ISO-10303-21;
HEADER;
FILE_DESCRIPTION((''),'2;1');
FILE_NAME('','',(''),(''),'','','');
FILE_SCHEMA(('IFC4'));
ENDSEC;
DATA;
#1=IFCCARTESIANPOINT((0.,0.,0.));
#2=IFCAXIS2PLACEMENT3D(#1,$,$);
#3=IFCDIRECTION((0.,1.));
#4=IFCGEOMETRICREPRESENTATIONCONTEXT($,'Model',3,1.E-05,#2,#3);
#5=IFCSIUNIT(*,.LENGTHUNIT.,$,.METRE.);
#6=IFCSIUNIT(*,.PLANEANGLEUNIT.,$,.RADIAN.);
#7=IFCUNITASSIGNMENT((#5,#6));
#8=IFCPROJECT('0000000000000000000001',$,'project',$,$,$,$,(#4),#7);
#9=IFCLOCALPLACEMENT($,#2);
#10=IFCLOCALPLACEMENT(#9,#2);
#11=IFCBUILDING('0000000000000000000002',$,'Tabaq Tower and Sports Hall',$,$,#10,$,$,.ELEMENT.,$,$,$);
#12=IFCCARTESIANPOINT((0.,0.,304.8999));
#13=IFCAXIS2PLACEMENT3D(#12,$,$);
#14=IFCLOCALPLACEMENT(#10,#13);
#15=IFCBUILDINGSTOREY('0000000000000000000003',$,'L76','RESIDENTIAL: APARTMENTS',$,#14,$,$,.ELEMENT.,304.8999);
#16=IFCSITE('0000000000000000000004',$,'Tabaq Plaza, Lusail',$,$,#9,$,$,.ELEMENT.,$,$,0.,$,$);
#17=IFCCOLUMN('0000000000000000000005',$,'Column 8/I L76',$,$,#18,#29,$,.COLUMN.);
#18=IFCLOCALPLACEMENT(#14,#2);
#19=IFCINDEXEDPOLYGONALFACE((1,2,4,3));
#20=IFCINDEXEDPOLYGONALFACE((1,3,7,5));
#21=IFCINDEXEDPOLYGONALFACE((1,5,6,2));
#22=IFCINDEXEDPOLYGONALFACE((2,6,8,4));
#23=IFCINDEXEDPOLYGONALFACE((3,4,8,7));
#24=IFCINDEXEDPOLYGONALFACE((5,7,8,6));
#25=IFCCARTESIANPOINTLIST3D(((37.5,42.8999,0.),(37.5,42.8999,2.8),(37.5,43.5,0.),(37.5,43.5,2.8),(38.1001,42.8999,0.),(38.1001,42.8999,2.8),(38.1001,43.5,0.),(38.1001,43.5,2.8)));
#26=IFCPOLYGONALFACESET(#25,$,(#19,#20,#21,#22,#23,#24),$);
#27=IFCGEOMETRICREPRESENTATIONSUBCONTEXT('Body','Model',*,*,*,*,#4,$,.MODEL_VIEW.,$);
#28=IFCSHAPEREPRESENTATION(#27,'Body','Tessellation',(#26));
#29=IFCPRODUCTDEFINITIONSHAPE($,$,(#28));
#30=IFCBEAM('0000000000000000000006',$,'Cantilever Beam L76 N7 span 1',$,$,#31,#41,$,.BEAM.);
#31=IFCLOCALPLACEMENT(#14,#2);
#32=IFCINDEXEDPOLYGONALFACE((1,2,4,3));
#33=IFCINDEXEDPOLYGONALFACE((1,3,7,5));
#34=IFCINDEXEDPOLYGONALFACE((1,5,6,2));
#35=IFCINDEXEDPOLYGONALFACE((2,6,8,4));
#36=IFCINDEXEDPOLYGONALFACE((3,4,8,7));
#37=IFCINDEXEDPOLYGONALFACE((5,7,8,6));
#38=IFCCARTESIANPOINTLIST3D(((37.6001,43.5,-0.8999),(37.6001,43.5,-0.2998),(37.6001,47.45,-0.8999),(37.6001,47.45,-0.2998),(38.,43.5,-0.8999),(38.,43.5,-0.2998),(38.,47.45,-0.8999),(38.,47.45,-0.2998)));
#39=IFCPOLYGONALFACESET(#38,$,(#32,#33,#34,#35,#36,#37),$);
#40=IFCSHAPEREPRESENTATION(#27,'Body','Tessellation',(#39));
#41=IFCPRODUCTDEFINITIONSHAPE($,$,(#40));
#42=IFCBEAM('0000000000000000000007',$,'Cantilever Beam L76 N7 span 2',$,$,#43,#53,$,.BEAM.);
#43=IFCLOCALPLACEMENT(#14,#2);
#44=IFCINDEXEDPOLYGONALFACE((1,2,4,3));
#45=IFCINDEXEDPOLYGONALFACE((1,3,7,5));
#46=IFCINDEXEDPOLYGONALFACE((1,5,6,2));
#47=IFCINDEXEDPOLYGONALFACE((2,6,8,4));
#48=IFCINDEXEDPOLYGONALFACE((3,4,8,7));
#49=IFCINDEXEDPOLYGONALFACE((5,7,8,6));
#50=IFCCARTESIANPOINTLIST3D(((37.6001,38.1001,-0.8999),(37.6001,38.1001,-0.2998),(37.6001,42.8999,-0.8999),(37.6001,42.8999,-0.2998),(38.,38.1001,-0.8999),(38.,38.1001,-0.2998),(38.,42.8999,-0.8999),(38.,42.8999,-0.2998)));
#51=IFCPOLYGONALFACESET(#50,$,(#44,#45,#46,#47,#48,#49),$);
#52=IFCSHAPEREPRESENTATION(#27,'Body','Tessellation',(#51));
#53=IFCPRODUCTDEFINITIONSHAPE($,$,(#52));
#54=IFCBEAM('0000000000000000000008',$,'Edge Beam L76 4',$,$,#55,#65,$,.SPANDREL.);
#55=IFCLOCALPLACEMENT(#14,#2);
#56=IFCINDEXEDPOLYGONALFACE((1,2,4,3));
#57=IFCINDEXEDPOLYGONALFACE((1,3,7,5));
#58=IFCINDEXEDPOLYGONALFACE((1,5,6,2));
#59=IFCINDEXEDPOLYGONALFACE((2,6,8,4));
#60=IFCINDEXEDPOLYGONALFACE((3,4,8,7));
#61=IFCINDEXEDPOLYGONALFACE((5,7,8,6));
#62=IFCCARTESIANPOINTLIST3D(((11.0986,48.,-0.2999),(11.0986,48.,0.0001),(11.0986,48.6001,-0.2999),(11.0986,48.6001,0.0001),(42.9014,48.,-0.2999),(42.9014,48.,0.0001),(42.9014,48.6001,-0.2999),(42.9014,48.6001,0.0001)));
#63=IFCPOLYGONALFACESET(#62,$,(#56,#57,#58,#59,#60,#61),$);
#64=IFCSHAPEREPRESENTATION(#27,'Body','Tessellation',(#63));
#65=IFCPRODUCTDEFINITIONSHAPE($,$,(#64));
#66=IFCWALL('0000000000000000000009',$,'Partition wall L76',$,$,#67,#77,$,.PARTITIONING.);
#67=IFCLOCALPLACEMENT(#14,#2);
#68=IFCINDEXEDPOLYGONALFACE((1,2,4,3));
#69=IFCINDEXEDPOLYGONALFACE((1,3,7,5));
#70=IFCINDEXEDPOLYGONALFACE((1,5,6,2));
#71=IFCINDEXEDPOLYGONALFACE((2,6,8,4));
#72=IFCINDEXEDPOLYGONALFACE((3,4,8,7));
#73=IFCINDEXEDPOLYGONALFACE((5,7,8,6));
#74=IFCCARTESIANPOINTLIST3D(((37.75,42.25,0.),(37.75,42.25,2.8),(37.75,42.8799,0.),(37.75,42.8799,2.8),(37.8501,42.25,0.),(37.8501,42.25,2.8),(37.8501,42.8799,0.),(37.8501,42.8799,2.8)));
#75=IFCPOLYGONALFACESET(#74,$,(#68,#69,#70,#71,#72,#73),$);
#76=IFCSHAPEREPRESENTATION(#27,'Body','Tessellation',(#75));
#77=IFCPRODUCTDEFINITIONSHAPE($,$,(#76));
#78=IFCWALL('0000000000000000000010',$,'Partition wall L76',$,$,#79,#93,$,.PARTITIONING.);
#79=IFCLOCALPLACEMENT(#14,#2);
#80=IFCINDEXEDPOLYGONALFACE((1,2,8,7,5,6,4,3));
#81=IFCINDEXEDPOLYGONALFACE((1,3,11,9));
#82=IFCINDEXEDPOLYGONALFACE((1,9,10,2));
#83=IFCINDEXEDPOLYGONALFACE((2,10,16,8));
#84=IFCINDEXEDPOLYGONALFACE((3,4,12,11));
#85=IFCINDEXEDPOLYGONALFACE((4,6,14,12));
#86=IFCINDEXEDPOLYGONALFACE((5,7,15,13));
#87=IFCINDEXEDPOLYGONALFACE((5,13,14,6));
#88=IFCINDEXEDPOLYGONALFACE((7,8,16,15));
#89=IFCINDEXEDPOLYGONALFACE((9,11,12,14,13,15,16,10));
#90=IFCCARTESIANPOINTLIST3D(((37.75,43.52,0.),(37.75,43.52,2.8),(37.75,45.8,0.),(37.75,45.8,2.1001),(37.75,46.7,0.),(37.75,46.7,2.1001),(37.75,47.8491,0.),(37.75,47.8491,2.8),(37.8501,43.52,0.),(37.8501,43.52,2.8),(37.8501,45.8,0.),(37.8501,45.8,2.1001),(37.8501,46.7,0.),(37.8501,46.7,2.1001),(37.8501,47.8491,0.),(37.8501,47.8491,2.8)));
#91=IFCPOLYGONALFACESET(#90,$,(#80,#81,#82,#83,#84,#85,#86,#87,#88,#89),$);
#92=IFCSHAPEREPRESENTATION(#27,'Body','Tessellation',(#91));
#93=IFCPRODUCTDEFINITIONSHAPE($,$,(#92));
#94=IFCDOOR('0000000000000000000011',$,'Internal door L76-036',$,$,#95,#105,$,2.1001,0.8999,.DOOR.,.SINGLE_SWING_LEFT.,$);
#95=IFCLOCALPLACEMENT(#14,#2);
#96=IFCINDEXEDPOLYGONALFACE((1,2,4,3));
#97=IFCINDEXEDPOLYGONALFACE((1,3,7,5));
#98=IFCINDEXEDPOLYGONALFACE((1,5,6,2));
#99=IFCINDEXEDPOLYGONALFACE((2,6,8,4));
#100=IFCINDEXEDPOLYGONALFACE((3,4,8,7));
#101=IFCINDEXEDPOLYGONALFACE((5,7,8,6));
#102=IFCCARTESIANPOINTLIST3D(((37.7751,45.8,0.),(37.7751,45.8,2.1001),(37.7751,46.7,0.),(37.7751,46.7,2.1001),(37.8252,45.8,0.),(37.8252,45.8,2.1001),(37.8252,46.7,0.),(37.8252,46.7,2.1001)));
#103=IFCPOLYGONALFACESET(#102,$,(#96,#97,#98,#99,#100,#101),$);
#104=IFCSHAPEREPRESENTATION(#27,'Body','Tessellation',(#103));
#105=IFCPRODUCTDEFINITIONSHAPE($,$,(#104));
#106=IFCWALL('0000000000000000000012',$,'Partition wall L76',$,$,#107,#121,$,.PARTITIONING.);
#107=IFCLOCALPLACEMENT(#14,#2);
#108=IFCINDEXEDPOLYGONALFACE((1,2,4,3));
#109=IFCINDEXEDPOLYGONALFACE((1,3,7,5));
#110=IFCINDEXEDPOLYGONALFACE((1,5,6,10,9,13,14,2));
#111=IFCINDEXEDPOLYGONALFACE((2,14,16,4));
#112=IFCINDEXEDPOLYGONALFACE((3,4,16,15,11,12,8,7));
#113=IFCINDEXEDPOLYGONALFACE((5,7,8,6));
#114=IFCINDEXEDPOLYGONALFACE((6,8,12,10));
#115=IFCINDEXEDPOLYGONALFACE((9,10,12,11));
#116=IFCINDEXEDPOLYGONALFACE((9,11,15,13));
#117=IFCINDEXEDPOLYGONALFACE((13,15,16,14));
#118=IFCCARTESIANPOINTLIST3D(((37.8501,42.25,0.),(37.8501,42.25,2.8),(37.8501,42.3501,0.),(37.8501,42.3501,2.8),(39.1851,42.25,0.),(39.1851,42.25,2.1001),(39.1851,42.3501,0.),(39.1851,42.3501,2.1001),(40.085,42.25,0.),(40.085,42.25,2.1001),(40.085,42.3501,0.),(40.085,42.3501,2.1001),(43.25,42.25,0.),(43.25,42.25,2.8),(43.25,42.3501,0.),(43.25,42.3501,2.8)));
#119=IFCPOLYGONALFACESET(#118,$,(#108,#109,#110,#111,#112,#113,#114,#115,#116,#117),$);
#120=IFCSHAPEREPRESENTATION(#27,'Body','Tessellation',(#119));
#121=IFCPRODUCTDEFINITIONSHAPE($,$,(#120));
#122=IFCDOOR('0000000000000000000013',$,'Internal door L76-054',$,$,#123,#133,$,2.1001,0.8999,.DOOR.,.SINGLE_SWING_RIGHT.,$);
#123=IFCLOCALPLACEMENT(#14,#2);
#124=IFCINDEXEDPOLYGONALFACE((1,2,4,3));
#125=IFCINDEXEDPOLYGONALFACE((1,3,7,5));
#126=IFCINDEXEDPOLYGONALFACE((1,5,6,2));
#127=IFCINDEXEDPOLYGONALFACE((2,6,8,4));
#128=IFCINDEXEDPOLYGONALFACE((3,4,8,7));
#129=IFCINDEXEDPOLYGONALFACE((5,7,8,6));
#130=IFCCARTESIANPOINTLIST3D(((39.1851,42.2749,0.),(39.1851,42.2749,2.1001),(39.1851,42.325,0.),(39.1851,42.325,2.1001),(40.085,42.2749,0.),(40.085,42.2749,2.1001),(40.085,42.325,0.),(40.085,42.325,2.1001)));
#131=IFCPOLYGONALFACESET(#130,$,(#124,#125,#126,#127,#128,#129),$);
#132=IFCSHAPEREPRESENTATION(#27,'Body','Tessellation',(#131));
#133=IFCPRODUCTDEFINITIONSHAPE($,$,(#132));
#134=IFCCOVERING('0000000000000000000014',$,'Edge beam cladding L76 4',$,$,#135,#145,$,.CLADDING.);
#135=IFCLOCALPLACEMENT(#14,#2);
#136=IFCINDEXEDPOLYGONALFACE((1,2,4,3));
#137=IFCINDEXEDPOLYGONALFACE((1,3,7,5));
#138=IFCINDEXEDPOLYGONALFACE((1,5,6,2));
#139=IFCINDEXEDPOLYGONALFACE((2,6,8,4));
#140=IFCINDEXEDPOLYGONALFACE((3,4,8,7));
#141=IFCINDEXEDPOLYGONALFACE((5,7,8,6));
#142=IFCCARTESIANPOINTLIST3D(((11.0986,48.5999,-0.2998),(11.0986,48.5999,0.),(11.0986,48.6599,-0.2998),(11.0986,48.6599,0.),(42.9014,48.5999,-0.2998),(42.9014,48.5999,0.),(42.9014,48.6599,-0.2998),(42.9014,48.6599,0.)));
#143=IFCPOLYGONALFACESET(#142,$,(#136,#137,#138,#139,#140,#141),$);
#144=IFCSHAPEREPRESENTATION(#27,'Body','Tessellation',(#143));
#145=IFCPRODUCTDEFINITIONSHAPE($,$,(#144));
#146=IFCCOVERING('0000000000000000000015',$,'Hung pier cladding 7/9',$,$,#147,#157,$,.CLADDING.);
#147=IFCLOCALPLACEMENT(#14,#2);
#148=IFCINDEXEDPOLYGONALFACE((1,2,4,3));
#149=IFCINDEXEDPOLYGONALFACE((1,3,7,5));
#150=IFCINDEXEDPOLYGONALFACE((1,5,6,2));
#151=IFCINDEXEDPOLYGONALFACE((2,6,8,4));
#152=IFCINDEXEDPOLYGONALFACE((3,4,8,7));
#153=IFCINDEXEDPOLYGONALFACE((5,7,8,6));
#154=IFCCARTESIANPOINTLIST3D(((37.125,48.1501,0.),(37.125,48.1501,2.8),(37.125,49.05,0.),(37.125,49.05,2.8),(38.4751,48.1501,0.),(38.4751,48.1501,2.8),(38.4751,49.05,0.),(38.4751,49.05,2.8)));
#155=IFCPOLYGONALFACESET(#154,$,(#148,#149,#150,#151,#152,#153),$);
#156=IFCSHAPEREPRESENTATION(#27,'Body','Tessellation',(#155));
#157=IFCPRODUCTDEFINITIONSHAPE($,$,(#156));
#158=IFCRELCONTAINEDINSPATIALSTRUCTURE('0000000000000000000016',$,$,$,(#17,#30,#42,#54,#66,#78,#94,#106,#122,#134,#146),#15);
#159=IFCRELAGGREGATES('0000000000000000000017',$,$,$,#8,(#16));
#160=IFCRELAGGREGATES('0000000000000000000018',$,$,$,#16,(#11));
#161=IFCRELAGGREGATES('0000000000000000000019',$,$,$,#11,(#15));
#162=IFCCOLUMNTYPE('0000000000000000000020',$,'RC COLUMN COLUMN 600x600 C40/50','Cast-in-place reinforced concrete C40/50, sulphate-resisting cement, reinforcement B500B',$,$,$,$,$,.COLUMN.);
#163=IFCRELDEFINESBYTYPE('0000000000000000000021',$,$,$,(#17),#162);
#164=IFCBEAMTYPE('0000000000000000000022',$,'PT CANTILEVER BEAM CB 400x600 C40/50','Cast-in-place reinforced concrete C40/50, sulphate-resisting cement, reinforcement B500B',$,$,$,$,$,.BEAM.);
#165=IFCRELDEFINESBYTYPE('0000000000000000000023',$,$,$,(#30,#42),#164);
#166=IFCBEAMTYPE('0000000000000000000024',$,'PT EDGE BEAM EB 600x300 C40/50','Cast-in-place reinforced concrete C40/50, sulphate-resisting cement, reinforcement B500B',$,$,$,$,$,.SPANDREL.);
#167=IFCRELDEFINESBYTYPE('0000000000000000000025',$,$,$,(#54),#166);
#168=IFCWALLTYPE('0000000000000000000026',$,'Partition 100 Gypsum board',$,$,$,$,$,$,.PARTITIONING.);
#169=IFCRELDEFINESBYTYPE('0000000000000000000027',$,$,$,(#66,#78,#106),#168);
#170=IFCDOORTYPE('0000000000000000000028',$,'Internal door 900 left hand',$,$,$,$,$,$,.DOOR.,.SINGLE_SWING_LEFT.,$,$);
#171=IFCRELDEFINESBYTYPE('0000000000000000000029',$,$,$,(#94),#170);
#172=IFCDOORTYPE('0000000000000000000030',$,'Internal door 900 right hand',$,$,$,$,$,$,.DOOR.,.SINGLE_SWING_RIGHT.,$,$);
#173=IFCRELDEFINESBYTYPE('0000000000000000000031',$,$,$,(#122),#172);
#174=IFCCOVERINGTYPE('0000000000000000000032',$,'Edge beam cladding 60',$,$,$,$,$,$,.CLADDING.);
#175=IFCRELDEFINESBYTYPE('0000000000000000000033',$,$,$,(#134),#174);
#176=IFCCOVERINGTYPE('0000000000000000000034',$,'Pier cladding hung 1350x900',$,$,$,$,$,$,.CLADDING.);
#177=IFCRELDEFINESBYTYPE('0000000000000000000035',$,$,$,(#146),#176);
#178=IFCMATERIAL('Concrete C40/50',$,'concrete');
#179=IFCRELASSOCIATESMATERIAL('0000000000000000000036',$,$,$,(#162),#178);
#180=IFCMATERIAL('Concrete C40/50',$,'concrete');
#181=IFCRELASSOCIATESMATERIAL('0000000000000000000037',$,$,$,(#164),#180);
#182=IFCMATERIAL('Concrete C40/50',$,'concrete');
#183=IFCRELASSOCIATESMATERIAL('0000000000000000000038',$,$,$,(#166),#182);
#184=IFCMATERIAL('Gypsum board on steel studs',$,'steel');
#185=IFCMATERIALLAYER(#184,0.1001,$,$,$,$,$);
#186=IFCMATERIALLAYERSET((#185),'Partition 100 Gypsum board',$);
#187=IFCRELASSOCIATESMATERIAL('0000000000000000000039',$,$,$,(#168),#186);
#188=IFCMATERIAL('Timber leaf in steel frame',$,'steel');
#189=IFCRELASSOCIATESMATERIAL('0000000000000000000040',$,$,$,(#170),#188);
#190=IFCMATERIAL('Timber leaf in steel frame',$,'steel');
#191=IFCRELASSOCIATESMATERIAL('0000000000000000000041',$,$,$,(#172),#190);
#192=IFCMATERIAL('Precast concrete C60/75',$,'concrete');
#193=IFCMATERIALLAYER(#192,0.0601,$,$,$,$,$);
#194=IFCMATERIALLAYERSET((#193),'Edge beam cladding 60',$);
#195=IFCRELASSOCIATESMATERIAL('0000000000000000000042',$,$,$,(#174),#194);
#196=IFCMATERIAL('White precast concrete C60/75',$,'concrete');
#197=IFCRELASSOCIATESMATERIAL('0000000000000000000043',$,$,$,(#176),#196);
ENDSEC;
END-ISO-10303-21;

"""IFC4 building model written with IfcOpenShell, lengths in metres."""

from ifc_helpers import new_model, si_unit, direction, frame, frame_2d, origin, origin_2d, place, context, subcontext, project, spatial, rectangle, extrude, material, layer, layer_set, material_profile, profile_set, type_object, element, fill, save


model = new_model("IFC4")

# Units and contexts
model_context = context("Model", 3, precision=1e-05, world=origin(), true_north=direction((0.0, 1.0)))
body_context = subcontext(model_context, "Body", "Model", "MODEL_VIEW")
ifc_project = project(units=[si_unit("LENGTHUNIT", "METRE"), si_unit("PLANEANGLEUNIT", "RADIAN")], contexts=[model_context])

# Site, building, storey
site_placement = place(None, origin())
site = spatial("IfcSite", under=ifc_project, at=site_placement, Name="Tabaq Plaza, Lusail", CompositionType="ELEMENT", RefElevation=0.0)
building_placement = place(site_placement, origin())
building = spatial("IfcBuilding", under=site, at=building_placement, Name="Tabaq Tower and Sports Hall", CompositionType="ELEMENT")
storey_placement = place(building_placement, frame((0.0, 0.0, 304.8999)))
storey = spatial("IfcBuildingStorey", under=building, at=storey_placement, Name="L76", Description="RESIDENTIAL: APARTMENTS", CompositionType="ELEMENT", Elevation=304.8999)

# Column
ifc_material_1 = material(Name="Concrete C40/50", Category="concrete")
ifc_material_profile_1 = material_profile(ifc_material_1, rectangle(XDim=0.6001, YDim=0.6001, at=origin_2d()), Name="COLUMN 600x600")
ifc_profile_set_1 = profile_set([ifc_material_profile_1], Name="Concrete C40/50")
column_type = type_object("IfcColumnType", Name="RC COLUMN COLUMN 600x600 C40/50", Description="Cast-in-place reinforced concrete C40/50, sulphate-resisting cement, reinforcement B500B", PredefinedType="COLUMN", material=ifc_profile_set_1)
column_placement = place(storey_placement, frame((37.8, 43.2, 0.0), z_axis=(0.0, 0.0, 1.0), x_axis=(1.0, 0.0, 0.0)))
element("IfcColumn", 1, at=column_placement, inside=storey, type_object=column_type, Name="Column 8/I L76", PredefinedType="COLUMN", context=body_context, shape_type="SweptSolid", body=[
    extrude(rectangle(XDim=0.6001, YDim=0.6001, at=origin_2d()), origin(), (0.0, 0.0, 1.0), 2.8),
])

# Beams
ifc_material_2 = material(Name="Concrete C40/50", Category="concrete")
ifc_material_profile_2 = material_profile(ifc_material_2, rectangle(XDim=0.3999, YDim=0.6001, at=origin_2d()), Name="CB 400x600")
ifc_profile_set_2 = profile_set([ifc_material_profile_2], Name="Concrete C40/50")
beam_type_1 = type_object("IfcBeamType", Name="PT CANTILEVER BEAM CB 400x600 C40/50", Description="Cast-in-place reinforced concrete C40/50, sulphate-resisting cement, reinforcement B500B", PredefinedType="BEAM", material=ifc_profile_set_2)
beam_1_placement = place(storey_placement, frame((37.8, 47.45, -0.5999), z_axis=(0.0, -1.0, 0.0), x_axis=(1.0, 0.0, 0.0)))
element("IfcBeam", 2, at=beam_1_placement, inside=storey, type_object=beam_type_1, Name="Cantilever Beam L76 N7 span 1", PredefinedType="BEAM", context=body_context, shape_type="SweptSolid", body=[
    extrude(rectangle(XDim=0.3999, YDim=0.6001, at=origin_2d()), origin(), (0.0, 0.0, 1.0), 3.95),
])
beam_2_placement = place(storey_placement, frame((37.8, 42.8999, -0.5999), z_axis=(0.0, -1.0, 0.0), x_axis=(1.0, 0.0, 0.0)))
element("IfcBeam", 3, at=beam_2_placement, inside=storey, type_object=beam_type_1, Name="Cantilever Beam L76 N7 span 2", PredefinedType="BEAM", context=body_context, shape_type="SweptSolid", body=[
    extrude(rectangle(XDim=0.3999, YDim=0.6001, at=origin_2d()), origin(), (0.0, 0.0, 1.0), 4.7998),
])
ifc_material_3 = material(Name="Concrete C40/50", Category="concrete")
ifc_material_profile_3 = material_profile(ifc_material_3, rectangle(XDim=0.6001, YDim=0.3, at=origin_2d()), Name="EB 600x300")
ifc_profile_set_3 = profile_set([ifc_material_profile_3], Name="Concrete C40/50")
beam_type_2 = type_object("IfcBeamType", Name="PT EDGE BEAM EB 600x300 C40/50", Description="Cast-in-place reinforced concrete C40/50, sulphate-resisting cement, reinforcement B500B", PredefinedType="SPANDREL", material=ifc_profile_set_3)
beam_3_placement = place(storey_placement, frame((42.9014, 48.3, -0.1499), z_axis=(-1.0, 0.0, 0.0), x_axis=(0.0, -1.0, 0.0)))
element("IfcBeam", 4, at=beam_3_placement, inside=storey, type_object=beam_type_2, Name="Edge Beam L76 4", PredefinedType="SPANDREL", context=body_context, shape_type="SweptSolid", body=[
    extrude(rectangle(XDim=0.6001, YDim=0.3, at=origin_2d()), origin(), (0.0, 0.0, 1.0), 31.8027),
])

# Wall
ifc_material_4 = material(Name="Gypsum board on steel studs", Category="steel")
ifc_layer_1 = layer(ifc_material_4, 0.1001)
ifc_layer_set_1 = layer_set([ifc_layer_1], Name="Partition 100 Gypsum board")
wall_type = type_object("IfcWallType", Name="Partition 100 Gypsum board", PredefinedType="PARTITIONING", material=ifc_layer_set_1)
wall_1_placement = place(storey_placement, frame((37.8, 42.25, 0.0), z_axis=(0.0, 0.0, 1.0), x_axis=(0.0, 1.0, 0.0)))
element("IfcWall", 5, at=wall_1_placement, inside=storey, type_object=wall_type, Name="Partition wall L76", PredefinedType="PARTITIONING", context=body_context, shape_type="SweptSolid", body=[
    extrude(rectangle(XDim=0.6299, YDim=0.1001, at=frame_2d((0.3149, 0.0))), origin(), (0.0, 0.0, 1.0), 2.8),
])

# Walls, openings, doors
wall_2_placement = place(storey_placement, frame((37.8, 43.52, 0.0), z_axis=(0.0, 0.0, 1.0), x_axis=(0.0, 1.0, 0.0)))
wall_2 = element("IfcWall", 6, at=wall_2_placement, inside=storey, type_object=wall_type, Name="Partition wall L76", PredefinedType="PARTITIONING", context=body_context, shape_type="SweptSolid", body=[
    extrude(rectangle(XDim=4.3291, YDim=0.1001, at=frame_2d((2.1646, 0.0))), origin(), (0.0, 0.0, 1.0), 2.8),
])
opening_1_placement = place(wall_2_placement, frame((2.28, 0.0, 0.0)))
opening_1 = element("IfcOpeningElement", 7, at=opening_1_placement, cuts=wall_2, PredefinedType="OPENING", context=body_context, shape_type="SweptSolid", body=[
    extrude(rectangle(XDim=0.8999, YDim=2.1001, at=frame_2d((0.45, 1.05))), frame((0.0, 0.05, 0.0), z_axis=(0.0, -1.0, 0.0), x_axis=(1.0, 0.0, 0.0)), (0.0, 0.0, 1.0), 0.1001),
])
ifc_material_5 = material(Name="Timber leaf in steel frame", Category="steel")
door_type_1 = type_object("IfcDoorType", Name="Internal door 900 left hand", OperationType="SINGLE_SWING_LEFT", PredefinedType="DOOR", material=ifc_material_5)
door_1_placement = place(opening_1_placement, origin())
door_1 = element("IfcDoor", 8, at=door_1_placement, inside=storey, type_object=door_type_1, Name="Internal door L76-036", OperationType="SINGLE_SWING_LEFT", OverallHeight=2.1001, OverallWidth=0.8999, PredefinedType="DOOR", context=body_context, shape_type="SweptSolid", body=[
    extrude(rectangle(XDim=0.8999, YDim=2.1001, at=frame_2d((0.45, 1.05))), frame((0.0, 0.0249, 0.0), z_axis=(0.0, -1.0, 0.0), x_axis=(1.0, 0.0, 0.0)), (0.0, 0.0, 1.0), 0.05),
])
fill(opening_1, door_1)
wall_3_placement = place(storey_placement, frame((37.8501, 42.3, 0.0), z_axis=(0.0, 0.0, 1.0), x_axis=(1.0, 0.0, 0.0)))
wall_3 = element("IfcWall", 9, at=wall_3_placement, inside=storey, type_object=wall_type, Name="Partition wall L76", PredefinedType="PARTITIONING", context=body_context, shape_type="SweptSolid", body=[
    extrude(rectangle(XDim=5.3999, YDim=0.1001, at=frame_2d((2.7, 0.0))), origin(), (0.0, 0.0, 1.0), 2.8),
])
opening_2_placement = place(wall_3_placement, frame((1.335, 0.0, 0.0)))
opening_2 = element("IfcOpeningElement", 10, at=opening_2_placement, cuts=wall_3, PredefinedType="OPENING", context=body_context, shape_type="SweptSolid", body=[
    extrude(rectangle(XDim=0.8999, YDim=2.1001, at=frame_2d((0.45, 1.05))), frame((0.0, 0.05, 0.0), z_axis=(0.0, -1.0, 0.0), x_axis=(1.0, 0.0, 0.0)), (0.0, 0.0, 1.0), 0.1001),
])
ifc_material_6 = material(Name="Timber leaf in steel frame", Category="steel")
door_type_2 = type_object("IfcDoorType", Name="Internal door 900 right hand", OperationType="SINGLE_SWING_RIGHT", PredefinedType="DOOR", material=ifc_material_6)
door_2_placement = place(opening_2_placement, origin())
door_2 = element("IfcDoor", 11, at=door_2_placement, inside=storey, type_object=door_type_2, Name="Internal door L76-054", OperationType="SINGLE_SWING_RIGHT", OverallHeight=2.1001, OverallWidth=0.8999, PredefinedType="DOOR", context=body_context, shape_type="SweptSolid", body=[
    extrude(rectangle(XDim=0.8999, YDim=2.1001, at=frame_2d((0.45, 1.05))), frame((0.0, 0.0249, 0.0), z_axis=(0.0, -1.0, 0.0), x_axis=(1.0, 0.0, 0.0)), (0.0, 0.0, 1.0), 0.05),
])
fill(opening_2, door_2)

# Coverings
ifc_material_7 = material(Name="Precast concrete C60/75", Category="concrete")
ifc_layer_2 = layer(ifc_material_7, 0.0601)
ifc_layer_set_2 = layer_set([ifc_layer_2], Name="Edge beam cladding 60")
covering_type_1 = type_object("IfcCoveringType", Name="Edge beam cladding 60", PredefinedType="CLADDING", material=ifc_layer_set_2)
covering_1_placement = place(storey_placement, frame((42.9014, 48.6299, -0.2998), z_axis=(0.0, 0.0, 1.0), x_axis=(-1.0, 0.0, 0.0)))
element("IfcCovering", 12, at=covering_1_placement, inside=storey, type_object=covering_type_1, Name="Edge beam cladding L76 4", PredefinedType="CLADDING", context=body_context, shape_type="SweptSolid", body=[
    extrude(rectangle(XDim=31.8027, YDim=0.0601, at=frame_2d((15.9014, 0.0))), origin(), (0.0, 0.0, 1.0), 0.2998),
])
ifc_material_8 = material(Name="White precast concrete C60/75", Category="concrete")
covering_type_2 = type_object("IfcCoveringType", Name="Pier cladding hung 1350x900", PredefinedType="CLADDING", material=ifc_material_8)
covering_2_placement = place(storey_placement, frame((38.4751, 48.6001, 0.0), z_axis=(0.0, 0.0, 1.0), x_axis=(-1.0, 0.0, 0.0)))
element("IfcCovering", 13, at=covering_2_placement, inside=storey, type_object=covering_type_2, Name="Hung pier cladding 7/9", PredefinedType="CLADDING", context=body_context, shape_type="SweptSolid", body=[
    extrude(rectangle(XDim=1.3501, YDim=0.8999, at=frame_2d((0.675, 0.0))), origin(), (0.0, 0.0, 1.0), 2.8),
])

save(model, "model.ifc")
